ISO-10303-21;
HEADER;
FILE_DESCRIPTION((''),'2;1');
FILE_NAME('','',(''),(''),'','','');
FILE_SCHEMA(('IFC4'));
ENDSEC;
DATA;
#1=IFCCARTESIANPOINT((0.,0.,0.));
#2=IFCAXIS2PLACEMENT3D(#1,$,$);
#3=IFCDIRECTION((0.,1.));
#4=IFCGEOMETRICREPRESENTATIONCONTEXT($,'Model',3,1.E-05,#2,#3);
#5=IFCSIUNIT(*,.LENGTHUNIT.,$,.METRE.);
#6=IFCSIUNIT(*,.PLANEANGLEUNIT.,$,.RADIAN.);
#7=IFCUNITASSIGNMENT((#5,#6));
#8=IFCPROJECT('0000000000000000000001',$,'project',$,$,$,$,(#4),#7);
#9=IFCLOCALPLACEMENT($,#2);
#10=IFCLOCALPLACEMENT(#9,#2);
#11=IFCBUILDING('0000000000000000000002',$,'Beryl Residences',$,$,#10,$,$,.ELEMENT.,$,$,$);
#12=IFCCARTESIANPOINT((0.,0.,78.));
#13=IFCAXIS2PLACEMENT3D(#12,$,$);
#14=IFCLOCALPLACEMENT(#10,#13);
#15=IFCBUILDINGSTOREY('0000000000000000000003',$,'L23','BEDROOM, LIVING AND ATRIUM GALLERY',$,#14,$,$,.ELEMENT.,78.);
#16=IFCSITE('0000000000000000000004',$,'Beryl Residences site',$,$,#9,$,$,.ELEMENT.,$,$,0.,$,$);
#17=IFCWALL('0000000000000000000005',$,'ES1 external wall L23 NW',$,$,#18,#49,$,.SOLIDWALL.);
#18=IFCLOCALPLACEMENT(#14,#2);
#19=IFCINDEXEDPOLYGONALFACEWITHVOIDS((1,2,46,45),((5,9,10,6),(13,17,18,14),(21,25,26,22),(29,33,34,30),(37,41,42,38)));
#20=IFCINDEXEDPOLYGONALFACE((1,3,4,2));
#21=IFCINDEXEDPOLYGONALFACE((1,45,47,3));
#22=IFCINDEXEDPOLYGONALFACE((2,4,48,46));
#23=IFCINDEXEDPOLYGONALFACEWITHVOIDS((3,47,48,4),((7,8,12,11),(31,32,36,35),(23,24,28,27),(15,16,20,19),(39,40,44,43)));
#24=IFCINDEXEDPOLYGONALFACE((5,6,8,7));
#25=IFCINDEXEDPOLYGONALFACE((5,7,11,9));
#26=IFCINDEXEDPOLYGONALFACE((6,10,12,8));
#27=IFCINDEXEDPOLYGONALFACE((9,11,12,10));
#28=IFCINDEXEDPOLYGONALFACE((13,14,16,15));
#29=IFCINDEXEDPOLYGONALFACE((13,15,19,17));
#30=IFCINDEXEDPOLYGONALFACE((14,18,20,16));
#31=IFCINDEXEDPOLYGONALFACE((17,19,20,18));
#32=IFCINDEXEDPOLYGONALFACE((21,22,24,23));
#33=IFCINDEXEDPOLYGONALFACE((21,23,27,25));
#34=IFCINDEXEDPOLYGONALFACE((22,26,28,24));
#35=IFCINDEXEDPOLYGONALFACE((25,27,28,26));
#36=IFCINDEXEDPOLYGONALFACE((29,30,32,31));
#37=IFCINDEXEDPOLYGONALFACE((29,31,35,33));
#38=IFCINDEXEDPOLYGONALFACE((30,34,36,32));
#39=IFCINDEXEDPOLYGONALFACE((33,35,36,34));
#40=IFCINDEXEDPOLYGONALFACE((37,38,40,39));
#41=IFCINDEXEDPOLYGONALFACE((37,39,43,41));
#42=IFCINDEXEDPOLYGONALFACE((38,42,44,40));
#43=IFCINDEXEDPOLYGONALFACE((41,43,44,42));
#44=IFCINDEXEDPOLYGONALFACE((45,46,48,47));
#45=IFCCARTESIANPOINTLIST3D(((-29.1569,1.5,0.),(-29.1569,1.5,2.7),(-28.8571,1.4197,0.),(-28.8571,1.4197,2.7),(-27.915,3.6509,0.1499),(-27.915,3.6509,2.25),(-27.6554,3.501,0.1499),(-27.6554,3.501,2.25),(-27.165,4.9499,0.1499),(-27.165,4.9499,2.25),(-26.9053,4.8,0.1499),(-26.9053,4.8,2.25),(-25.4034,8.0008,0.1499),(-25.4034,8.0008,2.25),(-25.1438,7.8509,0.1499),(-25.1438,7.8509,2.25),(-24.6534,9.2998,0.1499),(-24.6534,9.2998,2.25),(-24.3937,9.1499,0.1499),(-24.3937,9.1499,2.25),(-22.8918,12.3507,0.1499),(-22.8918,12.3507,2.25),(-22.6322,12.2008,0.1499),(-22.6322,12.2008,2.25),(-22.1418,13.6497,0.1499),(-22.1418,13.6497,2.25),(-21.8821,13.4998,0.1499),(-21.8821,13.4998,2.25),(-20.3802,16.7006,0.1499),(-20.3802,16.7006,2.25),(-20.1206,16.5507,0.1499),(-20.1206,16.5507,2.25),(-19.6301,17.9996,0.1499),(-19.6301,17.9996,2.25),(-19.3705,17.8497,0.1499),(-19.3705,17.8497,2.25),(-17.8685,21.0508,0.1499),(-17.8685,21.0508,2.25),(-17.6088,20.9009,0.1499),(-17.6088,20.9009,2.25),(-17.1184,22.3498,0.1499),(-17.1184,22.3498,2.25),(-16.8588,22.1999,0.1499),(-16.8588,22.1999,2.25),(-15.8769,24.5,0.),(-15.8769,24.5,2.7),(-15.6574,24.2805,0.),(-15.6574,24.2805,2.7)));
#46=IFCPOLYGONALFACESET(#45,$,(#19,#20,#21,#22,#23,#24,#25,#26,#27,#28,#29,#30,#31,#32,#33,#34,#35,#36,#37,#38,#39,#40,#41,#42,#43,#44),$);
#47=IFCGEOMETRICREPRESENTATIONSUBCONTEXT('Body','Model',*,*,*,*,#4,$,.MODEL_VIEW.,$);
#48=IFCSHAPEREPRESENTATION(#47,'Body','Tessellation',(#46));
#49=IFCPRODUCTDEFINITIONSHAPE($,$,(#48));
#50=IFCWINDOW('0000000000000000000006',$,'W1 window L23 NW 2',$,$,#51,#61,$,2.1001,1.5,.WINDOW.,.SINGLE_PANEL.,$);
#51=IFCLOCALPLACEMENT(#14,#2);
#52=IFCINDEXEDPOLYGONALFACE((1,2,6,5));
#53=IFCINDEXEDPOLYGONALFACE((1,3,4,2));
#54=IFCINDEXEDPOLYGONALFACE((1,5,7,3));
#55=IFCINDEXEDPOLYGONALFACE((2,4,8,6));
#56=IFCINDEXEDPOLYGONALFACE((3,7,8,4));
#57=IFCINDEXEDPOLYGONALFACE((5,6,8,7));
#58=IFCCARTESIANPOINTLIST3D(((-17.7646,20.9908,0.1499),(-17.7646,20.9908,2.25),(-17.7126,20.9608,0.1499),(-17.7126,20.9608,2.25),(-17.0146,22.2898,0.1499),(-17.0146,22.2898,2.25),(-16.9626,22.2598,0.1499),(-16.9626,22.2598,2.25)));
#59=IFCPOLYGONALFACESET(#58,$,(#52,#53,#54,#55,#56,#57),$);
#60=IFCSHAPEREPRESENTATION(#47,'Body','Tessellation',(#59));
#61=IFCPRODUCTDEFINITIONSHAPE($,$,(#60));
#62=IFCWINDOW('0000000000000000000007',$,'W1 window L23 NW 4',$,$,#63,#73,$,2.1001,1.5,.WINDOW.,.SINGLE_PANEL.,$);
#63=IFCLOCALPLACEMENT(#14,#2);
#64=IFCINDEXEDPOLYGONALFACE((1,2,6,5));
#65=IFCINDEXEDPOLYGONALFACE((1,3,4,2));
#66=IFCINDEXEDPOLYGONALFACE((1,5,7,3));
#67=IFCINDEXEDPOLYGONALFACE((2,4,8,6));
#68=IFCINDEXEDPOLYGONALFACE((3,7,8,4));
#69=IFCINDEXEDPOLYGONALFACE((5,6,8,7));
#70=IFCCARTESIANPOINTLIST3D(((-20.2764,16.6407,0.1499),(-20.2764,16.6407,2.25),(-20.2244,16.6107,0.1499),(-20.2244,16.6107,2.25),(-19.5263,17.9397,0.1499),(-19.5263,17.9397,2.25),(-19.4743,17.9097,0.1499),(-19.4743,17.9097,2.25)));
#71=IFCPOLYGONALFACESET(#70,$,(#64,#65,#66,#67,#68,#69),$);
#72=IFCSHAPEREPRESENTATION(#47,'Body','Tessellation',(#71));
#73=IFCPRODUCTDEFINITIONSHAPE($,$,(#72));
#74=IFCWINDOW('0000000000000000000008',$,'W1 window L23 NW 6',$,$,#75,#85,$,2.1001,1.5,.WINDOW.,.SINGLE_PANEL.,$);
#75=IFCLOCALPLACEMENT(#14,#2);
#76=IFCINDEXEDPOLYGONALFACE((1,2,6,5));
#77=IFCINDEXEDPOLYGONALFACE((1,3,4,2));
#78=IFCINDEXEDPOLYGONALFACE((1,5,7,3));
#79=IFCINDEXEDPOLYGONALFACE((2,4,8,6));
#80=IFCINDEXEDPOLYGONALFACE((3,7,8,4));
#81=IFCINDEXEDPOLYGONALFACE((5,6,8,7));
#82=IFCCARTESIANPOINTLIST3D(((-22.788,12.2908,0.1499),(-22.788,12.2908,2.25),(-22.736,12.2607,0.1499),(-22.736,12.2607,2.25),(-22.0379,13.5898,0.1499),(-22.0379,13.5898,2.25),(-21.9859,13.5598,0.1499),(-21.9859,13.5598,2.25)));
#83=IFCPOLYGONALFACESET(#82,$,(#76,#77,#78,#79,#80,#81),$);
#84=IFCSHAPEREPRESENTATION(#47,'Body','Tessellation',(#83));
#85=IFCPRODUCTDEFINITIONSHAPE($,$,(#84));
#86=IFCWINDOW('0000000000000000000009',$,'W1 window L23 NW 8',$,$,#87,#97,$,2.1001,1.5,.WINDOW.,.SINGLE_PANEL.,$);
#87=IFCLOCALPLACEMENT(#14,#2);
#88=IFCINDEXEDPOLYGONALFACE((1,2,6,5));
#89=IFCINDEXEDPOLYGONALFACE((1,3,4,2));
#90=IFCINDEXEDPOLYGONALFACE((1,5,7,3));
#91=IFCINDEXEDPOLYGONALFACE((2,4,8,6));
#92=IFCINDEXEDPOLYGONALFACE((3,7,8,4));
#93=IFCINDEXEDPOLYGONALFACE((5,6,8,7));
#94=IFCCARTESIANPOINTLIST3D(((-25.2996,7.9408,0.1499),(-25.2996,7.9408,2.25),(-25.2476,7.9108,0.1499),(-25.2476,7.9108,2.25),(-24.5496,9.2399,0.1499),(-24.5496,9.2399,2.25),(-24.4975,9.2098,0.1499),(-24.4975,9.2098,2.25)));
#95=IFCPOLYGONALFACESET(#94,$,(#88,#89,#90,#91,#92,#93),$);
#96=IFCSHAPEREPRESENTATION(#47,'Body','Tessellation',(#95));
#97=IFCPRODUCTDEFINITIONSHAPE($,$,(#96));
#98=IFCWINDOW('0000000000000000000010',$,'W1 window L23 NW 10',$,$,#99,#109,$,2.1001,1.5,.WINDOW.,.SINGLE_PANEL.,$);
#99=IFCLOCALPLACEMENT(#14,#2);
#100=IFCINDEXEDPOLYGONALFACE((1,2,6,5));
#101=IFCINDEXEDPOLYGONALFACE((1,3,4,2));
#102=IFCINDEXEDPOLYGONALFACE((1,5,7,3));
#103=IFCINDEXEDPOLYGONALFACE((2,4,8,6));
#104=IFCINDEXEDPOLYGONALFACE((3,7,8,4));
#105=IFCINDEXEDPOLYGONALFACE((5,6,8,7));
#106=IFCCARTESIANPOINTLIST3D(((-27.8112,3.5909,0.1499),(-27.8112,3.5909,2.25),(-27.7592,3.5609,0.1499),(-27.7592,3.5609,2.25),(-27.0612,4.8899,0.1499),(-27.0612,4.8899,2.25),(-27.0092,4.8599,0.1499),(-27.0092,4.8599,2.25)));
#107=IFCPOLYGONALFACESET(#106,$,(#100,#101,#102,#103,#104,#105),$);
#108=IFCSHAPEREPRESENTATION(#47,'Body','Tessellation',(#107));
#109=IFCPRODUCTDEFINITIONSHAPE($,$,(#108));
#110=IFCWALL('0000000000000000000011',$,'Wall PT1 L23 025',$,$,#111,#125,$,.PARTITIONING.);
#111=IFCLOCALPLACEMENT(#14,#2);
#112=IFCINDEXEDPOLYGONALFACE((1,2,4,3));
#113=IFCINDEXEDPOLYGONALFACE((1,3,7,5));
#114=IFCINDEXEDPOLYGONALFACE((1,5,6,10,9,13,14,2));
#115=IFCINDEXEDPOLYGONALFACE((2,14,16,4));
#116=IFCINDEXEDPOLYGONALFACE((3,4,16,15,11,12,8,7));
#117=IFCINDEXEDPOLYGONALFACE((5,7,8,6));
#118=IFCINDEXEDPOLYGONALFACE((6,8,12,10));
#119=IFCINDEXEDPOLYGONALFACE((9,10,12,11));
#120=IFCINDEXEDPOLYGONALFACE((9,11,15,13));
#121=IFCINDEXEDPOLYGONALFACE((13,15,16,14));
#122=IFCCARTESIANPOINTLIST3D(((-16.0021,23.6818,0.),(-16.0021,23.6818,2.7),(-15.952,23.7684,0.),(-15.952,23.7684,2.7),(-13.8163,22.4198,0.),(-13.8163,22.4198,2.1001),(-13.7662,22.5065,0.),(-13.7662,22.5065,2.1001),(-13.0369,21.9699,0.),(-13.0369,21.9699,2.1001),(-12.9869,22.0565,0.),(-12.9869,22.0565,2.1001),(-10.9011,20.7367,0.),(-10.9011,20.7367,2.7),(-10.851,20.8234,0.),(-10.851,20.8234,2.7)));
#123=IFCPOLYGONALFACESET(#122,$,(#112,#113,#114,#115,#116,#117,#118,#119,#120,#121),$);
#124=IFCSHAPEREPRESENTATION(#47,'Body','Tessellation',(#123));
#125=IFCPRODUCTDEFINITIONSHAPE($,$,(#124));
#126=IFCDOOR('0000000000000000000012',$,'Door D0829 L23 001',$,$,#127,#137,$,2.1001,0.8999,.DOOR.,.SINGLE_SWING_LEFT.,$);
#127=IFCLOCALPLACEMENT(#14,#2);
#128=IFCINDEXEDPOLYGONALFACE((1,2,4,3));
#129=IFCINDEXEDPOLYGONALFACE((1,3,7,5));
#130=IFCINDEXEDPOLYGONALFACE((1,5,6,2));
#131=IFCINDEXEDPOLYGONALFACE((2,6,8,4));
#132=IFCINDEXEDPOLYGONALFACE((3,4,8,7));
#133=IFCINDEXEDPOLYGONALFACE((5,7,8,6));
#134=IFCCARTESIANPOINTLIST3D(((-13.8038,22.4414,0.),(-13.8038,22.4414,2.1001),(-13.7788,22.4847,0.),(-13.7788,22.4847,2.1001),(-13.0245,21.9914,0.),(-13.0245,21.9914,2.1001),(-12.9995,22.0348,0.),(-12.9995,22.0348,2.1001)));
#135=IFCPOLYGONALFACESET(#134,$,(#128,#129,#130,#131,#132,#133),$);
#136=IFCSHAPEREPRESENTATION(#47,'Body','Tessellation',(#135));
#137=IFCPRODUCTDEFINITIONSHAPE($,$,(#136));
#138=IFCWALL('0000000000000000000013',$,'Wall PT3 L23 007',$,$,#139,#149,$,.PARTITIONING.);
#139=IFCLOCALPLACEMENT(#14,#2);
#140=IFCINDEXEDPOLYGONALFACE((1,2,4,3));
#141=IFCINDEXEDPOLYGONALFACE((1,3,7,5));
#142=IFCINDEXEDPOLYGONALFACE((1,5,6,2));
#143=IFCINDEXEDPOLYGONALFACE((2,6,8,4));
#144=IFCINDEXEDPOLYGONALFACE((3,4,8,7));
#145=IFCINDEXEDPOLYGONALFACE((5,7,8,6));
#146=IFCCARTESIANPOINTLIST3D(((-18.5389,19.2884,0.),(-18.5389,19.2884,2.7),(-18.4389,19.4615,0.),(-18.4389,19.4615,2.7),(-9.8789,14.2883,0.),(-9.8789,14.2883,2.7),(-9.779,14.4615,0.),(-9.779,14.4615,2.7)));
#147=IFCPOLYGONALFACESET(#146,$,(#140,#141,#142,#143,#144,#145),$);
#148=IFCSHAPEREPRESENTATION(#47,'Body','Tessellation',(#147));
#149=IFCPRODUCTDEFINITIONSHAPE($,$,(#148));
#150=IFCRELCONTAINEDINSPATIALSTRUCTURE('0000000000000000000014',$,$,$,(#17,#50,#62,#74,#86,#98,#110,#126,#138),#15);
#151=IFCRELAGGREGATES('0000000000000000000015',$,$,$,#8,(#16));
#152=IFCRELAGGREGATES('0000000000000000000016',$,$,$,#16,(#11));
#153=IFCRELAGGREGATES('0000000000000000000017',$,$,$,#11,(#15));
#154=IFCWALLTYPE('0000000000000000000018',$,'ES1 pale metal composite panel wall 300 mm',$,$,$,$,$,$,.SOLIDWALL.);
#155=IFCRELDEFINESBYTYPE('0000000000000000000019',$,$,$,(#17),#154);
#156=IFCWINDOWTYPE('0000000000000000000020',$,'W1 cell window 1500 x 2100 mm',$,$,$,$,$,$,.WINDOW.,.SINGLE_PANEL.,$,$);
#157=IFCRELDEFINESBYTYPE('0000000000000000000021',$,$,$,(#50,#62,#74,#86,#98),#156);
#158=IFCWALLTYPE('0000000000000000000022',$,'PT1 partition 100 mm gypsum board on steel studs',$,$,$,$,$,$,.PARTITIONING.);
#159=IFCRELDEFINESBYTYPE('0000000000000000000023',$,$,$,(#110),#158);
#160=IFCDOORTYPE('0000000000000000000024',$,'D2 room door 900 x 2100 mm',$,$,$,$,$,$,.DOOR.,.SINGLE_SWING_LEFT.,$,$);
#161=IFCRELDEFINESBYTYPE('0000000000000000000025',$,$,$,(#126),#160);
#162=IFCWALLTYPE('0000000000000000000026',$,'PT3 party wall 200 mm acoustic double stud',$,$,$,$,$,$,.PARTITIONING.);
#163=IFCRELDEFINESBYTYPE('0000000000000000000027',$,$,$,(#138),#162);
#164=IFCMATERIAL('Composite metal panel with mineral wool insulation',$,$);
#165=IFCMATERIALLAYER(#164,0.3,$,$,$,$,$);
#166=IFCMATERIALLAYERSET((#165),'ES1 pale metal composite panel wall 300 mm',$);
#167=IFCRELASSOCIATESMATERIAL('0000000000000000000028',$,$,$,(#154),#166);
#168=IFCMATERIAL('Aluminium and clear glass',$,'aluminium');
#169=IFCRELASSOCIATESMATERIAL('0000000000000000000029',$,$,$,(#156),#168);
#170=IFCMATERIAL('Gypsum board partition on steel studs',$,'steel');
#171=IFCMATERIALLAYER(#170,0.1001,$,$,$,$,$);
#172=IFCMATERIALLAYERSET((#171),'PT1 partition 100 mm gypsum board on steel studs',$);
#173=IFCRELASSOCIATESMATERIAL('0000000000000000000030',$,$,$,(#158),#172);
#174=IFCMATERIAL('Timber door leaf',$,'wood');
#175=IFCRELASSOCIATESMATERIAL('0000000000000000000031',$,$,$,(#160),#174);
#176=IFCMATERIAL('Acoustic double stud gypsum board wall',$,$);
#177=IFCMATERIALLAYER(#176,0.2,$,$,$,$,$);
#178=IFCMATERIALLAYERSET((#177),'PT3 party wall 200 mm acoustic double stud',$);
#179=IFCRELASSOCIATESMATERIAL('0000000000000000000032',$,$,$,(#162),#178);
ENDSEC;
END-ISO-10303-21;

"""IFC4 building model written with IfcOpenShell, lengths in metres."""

from ifc_helpers import new_model, si_unit, direction, frame, frame_2d, origin, place, context, subcontext, project, spatial, polyline, rectangle, outline, extrude, material, layer, layer_set, type_object, element, fill, save


model = new_model("IFC4")

# Units and contexts
model_context = context("Model", 3, precision=1e-05, world=origin(), true_north=direction((0.0, 1.0)))
body_context = subcontext(model_context, "Body", "Model", "MODEL_VIEW")
ifc_project = project(units=[si_unit("LENGTHUNIT", "METRE"), si_unit("PLANEANGLEUNIT", "RADIAN")], contexts=[model_context])

# Site, building, storey
site_placement = place(None, origin())
site = spatial("IfcSite", under=ifc_project, at=site_placement, Name="Beryl Residences site", CompositionType="ELEMENT", RefElevation=0.0)
building_placement = place(site_placement, origin())
building = spatial("IfcBuilding", under=site, at=building_placement, Name="Beryl Residences", CompositionType="ELEMENT")
storey_placement = place(building_placement, frame((0.0, 0.0, 78.0)))
storey = spatial("IfcBuildingStorey", under=building, at=storey_placement, Name="L23", Description="BEDROOM, LIVING AND ATRIUM GALLERY", CompositionType="ELEMENT", Elevation=78.0)

# Shared definitions
ifc_material_1 = material(Name="Composite metal panel with mineral wool insulation")
ifc_layer_1 = layer(ifc_material_1, 0.3)
ifc_layer_set_1 = layer_set([ifc_layer_1], Name="ES1 pale metal composite panel wall 300 mm")
wall_type_1 = type_object("IfcWallType", Name="ES1 pale metal composite panel wall 300 mm", PredefinedType="SOLIDWALL", material=ifc_layer_set_1)

# Wall, openings, windows
wall_1_placement = place(storey_placement, frame((-15.7471, 24.425, 0.0), z_axis=(0.0, 0.0, 1.0), x_axis=(-0.500027, -0.86601, 0.0)))
wall_1 = element("IfcWall", 1, at=wall_1_placement, inside=storey, type_object=wall_type_1, Name="ES1 external wall L23 NW", PredefinedType="SOLIDWALL", context=body_context, shape_type="SweptSolid", body=[
    extrude(outline(polyline([(0.0, -0.1499), (26.5586, -0.1499), (26.4783, 0.1499), (0.0803, 0.1499), (0.0, -0.1499)])), origin(), (0.0, 0.0, 1.0), 2.7),
])
opening_1_placement = place(wall_1_placement, frame((2.4829, 0.0, 0.1499)))
opening_1 = element("IfcOpeningElement", 2, at=opening_1_placement, cuts=wall_1, PredefinedType="OPENING", context=body_context, shape_type="SweptSolid", body=[
    extrude(rectangle(XDim=1.5, YDim=2.1001, at=frame_2d((0.75, 1.05))), frame((0.0, 0.1599, 0.0), z_axis=(0.0, -1.0, 0.0), x_axis=(1.0, 0.0, 0.0)), (0.0, 0.0, 1.0), 0.3201),
])
opening_2_placement = place(wall_1_placement, frame((7.5061, 0.0, 0.1499)))
opening_2 = element("IfcOpeningElement", 3, at=opening_2_placement, cuts=wall_1, PredefinedType="OPENING", context=body_context, shape_type="SweptSolid", body=[
    extrude(rectangle(XDim=1.5, YDim=2.1001, at=frame_2d((0.75, 1.05))), frame((0.0, 0.1599, 0.0), z_axis=(0.0, -1.0, 0.0), x_axis=(1.0, 0.0, 0.0)), (0.0, 0.0, 1.0), 0.3201),
])
opening_3_placement = place(wall_1_placement, frame((12.5291, 0.0, 0.1499)))
opening_3 = element("IfcOpeningElement", 4, at=opening_3_placement, cuts=wall_1, PredefinedType="OPENING", context=body_context, shape_type="SweptSolid", body=[
    extrude(rectangle(XDim=1.5, YDim=2.1001, at=frame_2d((0.75, 1.05))), frame((0.0, 0.1599, 0.0), z_axis=(0.0, -1.0, 0.0), x_axis=(1.0, 0.0, 0.0)), (0.0, 0.0, 1.0), 0.3201),
])
opening_4_placement = place(wall_1_placement, frame((17.552, 0.0, 0.1499)))
opening_4 = element("IfcOpeningElement", 5, at=opening_4_placement, cuts=wall_1, PredefinedType="OPENING", context=body_context, shape_type="SweptSolid", body=[
    extrude(rectangle(XDim=1.5, YDim=2.1001, at=frame_2d((0.75, 1.05))), frame((0.0, 0.1599, 0.0), z_axis=(0.0, -1.0, 0.0), x_axis=(1.0, 0.0, 0.0)), (0.0, 0.0, 1.0), 0.3201),
])
opening_5_placement = place(wall_1_placement, frame((22.575, 0.0, 0.1499)))
opening_5 = element("IfcOpeningElement", 6, at=opening_5_placement, cuts=wall_1, PredefinedType="OPENING", context=body_context, shape_type="SweptSolid", body=[
    extrude(rectangle(XDim=1.5, YDim=2.1001, at=frame_2d((0.75, 1.05))), frame((0.0, 0.1599, 0.0), z_axis=(0.0, -1.0, 0.0), x_axis=(1.0, 0.0, 0.0)), (0.0, 0.0, 1.0), 0.3201),
])
ifc_material_2 = material(Name="Aluminium and clear glass", Category="aluminium")
window_type_1 = type_object("IfcWindowType", Name="W1 cell window 1500 x 2100 mm", PartitioningType="SINGLE_PANEL", PredefinedType="WINDOW", material=ifc_material_2)
window_1_placement = place(opening_1_placement, origin())
window_1 = element("IfcWindow", 7, at=window_1_placement, inside=storey, type_object=window_type_1, Name="W1 window L23 NW 2", OverallHeight=2.1001, OverallWidth=1.5, PartitioningType="SINGLE_PANEL", PredefinedType="WINDOW", context=body_context, shape_type="SweptSolid", body=[
    extrude(rectangle(XDim=1.5, YDim=2.1001, at=frame_2d((0.75, 1.05))), frame((0.0, 0.03, 0.0), z_axis=(0.0, -1.0, 0.0), x_axis=(1.0, 0.0, 0.0)), (0.0, 0.0, 1.0), 0.0601),
])
fill(opening_1, window_1)
window_2_placement = place(opening_2_placement, origin())
window_2 = element("IfcWindow", 8, at=window_2_placement, inside=storey, type_object=window_type_1, Name="W1 window L23 NW 4", OverallHeight=2.1001, OverallWidth=1.5, PartitioningType="SINGLE_PANEL", PredefinedType="WINDOW", context=body_context, shape_type="SweptSolid", body=[
    extrude(rectangle(XDim=1.5, YDim=2.1001, at=frame_2d((0.75, 1.05))), frame((0.0, 0.03, 0.0), z_axis=(0.0, -1.0, 0.0), x_axis=(1.0, 0.0, 0.0)), (0.0, 0.0, 1.0), 0.0601),
])
fill(opening_2, window_2)
window_3_placement = place(opening_3_placement, origin())
window_3 = element("IfcWindow", 9, at=window_3_placement, inside=storey, type_object=window_type_1, Name="W1 window L23 NW 6", OverallHeight=2.1001, OverallWidth=1.5, PartitioningType="SINGLE_PANEL", PredefinedType="WINDOW", context=body_context, shape_type="SweptSolid", body=[
    extrude(rectangle(XDim=1.5, YDim=2.1001, at=frame_2d((0.75, 1.05))), frame((0.0, 0.03, 0.0), z_axis=(0.0, -1.0, 0.0), x_axis=(1.0, 0.0, 0.0)), (0.0, 0.0, 1.0), 0.0601),
])
fill(opening_3, window_3)
window_4_placement = place(opening_4_placement, origin())
window_4 = element("IfcWindow", 10, at=window_4_placement, inside=storey, type_object=window_type_1, Name="W1 window L23 NW 8", OverallHeight=2.1001, OverallWidth=1.5, PartitioningType="SINGLE_PANEL", PredefinedType="WINDOW", context=body_context, shape_type="SweptSolid", body=[
    extrude(rectangle(XDim=1.5, YDim=2.1001, at=frame_2d((0.75, 1.05))), frame((0.0, 0.03, 0.0), z_axis=(0.0, -1.0, 0.0), x_axis=(1.0, 0.0, 0.0)), (0.0, 0.0, 1.0), 0.0601),
])
fill(opening_4, window_4)
window_5_placement = place(opening_5_placement, origin())
window_5 = element("IfcWindow", 11, at=window_5_placement, inside=storey, type_object=window_type_1, Name="W1 window L23 NW 10", OverallHeight=2.1001, OverallWidth=1.5, PartitioningType="SINGLE_PANEL", PredefinedType="WINDOW", context=body_context, shape_type="SweptSolid", body=[
    extrude(rectangle(XDim=1.5, YDim=2.1001, at=frame_2d((0.75, 1.05))), frame((0.0, 0.03, 0.0), z_axis=(0.0, -1.0, 0.0), x_axis=(1.0, 0.0, 0.0)), (0.0, 0.0, 1.0), 0.0601),
])
fill(opening_5, window_5)

# Wall, opening, door
ifc_material_3 = material(Name="Gypsum board partition on steel studs", Category="steel")
ifc_layer_2 = layer(ifc_material_3, 0.1001)
ifc_layer_set_2 = layer_set([ifc_layer_2], Name="PT1 partition 100 mm gypsum board on steel studs")
wall_type_2 = type_object("IfcWallType", Name="PT1 partition 100 mm gypsum board on steel studs", PredefinedType="PARTITIONING", material=ifc_layer_set_2)
wall_2_placement = place(storey_placement, frame((-15.9771, 23.7251, 0.0), z_axis=(0.0, 0.0, 1.0), x_axis=(0.866028, -0.499995, 0.0)))
wall_2 = element("IfcWall", 12, at=wall_2_placement, inside=storey, type_object=wall_type_2, Name="Wall PT1 L23 025", PredefinedType="PARTITIONING", context=body_context, shape_type="SweptSolid", body=[
    extrude(rectangle(XDim=5.8901, YDim=0.1001, at=frame_2d((2.9451, 0.0))), origin(), (0.0, 0.0, 1.0), 2.7),
])
opening_6_placement = place(wall_2_placement, frame((2.5239, 0.0, 0.0)))
opening_6 = element("IfcOpeningElement", 13, at=opening_6_placement, cuts=wall_2, PredefinedType="OPENING", context=body_context, shape_type="SweptSolid", body=[
    extrude(rectangle(XDim=0.8999, YDim=2.1001, at=frame_2d((0.45, 1.05))), frame((0.0, 0.0601, 0.0), z_axis=(0.0, -1.0, 0.0), x_axis=(1.0, 0.0, 0.0)), (0.0, 0.0, 1.0), 0.1201),
])
ifc_material_4 = material(Name="Timber door leaf", Category="wood")
door_type = type_object("IfcDoorType", Name="D2 room door 900 x 2100 mm", OperationType="SINGLE_SWING_LEFT", PredefinedType="DOOR", material=ifc_material_4)
door_placement = place(opening_6_placement, origin())
door = element("IfcDoor", 14, at=door_placement, inside=storey, type_object=door_type, Name="Door D0829 L23 001", OperationType="SINGLE_SWING_LEFT", OverallHeight=2.1001, OverallWidth=0.8999, PredefinedType="DOOR", context=body_context, shape_type="SweptSolid", body=[
    extrude(rectangle(XDim=0.8999, YDim=2.1001, at=frame_2d((0.45, 1.05))), frame((0.0, 0.0249, 0.0), z_axis=(0.0, -1.0, 0.0), x_axis=(1.0, 0.0, 0.0)), (0.0, 0.0, 1.0), 0.05),
])
fill(opening_6, door)

# Wall
ifc_material_5 = material(Name="Acoustic double stud gypsum board wall")
ifc_layer_3 = layer(ifc_material_5, 0.2)
ifc_layer_set_3 = layer_set([ifc_layer_3], Name="PT3 party wall 200 mm acoustic double stud")
wall_type_3 = type_object("IfcWallType", Name="PT3 party wall 200 mm acoustic double stud", PredefinedType="PARTITIONING", material=ifc_layer_set_3)
wall_3_placement = place(storey_placement, frame((-18.489, 19.375, 0.0), z_axis=(0.0, 0.0, 1.0), x_axis=(0.866017, -0.500015, 0.0)))
element("IfcWall", 15, at=wall_3_placement, inside=storey, type_object=wall_type_3, Name="Wall PT3 L23 007", PredefinedType="PARTITIONING", context=body_context, shape_type="SweptSolid", body=[
    extrude(rectangle(XDim=9.9998, YDim=0.2, at=frame_2d((5.0, 0.0))), origin(), (0.0, 0.0, 1.0), 2.7),
])

save(model, "model.ifc")
